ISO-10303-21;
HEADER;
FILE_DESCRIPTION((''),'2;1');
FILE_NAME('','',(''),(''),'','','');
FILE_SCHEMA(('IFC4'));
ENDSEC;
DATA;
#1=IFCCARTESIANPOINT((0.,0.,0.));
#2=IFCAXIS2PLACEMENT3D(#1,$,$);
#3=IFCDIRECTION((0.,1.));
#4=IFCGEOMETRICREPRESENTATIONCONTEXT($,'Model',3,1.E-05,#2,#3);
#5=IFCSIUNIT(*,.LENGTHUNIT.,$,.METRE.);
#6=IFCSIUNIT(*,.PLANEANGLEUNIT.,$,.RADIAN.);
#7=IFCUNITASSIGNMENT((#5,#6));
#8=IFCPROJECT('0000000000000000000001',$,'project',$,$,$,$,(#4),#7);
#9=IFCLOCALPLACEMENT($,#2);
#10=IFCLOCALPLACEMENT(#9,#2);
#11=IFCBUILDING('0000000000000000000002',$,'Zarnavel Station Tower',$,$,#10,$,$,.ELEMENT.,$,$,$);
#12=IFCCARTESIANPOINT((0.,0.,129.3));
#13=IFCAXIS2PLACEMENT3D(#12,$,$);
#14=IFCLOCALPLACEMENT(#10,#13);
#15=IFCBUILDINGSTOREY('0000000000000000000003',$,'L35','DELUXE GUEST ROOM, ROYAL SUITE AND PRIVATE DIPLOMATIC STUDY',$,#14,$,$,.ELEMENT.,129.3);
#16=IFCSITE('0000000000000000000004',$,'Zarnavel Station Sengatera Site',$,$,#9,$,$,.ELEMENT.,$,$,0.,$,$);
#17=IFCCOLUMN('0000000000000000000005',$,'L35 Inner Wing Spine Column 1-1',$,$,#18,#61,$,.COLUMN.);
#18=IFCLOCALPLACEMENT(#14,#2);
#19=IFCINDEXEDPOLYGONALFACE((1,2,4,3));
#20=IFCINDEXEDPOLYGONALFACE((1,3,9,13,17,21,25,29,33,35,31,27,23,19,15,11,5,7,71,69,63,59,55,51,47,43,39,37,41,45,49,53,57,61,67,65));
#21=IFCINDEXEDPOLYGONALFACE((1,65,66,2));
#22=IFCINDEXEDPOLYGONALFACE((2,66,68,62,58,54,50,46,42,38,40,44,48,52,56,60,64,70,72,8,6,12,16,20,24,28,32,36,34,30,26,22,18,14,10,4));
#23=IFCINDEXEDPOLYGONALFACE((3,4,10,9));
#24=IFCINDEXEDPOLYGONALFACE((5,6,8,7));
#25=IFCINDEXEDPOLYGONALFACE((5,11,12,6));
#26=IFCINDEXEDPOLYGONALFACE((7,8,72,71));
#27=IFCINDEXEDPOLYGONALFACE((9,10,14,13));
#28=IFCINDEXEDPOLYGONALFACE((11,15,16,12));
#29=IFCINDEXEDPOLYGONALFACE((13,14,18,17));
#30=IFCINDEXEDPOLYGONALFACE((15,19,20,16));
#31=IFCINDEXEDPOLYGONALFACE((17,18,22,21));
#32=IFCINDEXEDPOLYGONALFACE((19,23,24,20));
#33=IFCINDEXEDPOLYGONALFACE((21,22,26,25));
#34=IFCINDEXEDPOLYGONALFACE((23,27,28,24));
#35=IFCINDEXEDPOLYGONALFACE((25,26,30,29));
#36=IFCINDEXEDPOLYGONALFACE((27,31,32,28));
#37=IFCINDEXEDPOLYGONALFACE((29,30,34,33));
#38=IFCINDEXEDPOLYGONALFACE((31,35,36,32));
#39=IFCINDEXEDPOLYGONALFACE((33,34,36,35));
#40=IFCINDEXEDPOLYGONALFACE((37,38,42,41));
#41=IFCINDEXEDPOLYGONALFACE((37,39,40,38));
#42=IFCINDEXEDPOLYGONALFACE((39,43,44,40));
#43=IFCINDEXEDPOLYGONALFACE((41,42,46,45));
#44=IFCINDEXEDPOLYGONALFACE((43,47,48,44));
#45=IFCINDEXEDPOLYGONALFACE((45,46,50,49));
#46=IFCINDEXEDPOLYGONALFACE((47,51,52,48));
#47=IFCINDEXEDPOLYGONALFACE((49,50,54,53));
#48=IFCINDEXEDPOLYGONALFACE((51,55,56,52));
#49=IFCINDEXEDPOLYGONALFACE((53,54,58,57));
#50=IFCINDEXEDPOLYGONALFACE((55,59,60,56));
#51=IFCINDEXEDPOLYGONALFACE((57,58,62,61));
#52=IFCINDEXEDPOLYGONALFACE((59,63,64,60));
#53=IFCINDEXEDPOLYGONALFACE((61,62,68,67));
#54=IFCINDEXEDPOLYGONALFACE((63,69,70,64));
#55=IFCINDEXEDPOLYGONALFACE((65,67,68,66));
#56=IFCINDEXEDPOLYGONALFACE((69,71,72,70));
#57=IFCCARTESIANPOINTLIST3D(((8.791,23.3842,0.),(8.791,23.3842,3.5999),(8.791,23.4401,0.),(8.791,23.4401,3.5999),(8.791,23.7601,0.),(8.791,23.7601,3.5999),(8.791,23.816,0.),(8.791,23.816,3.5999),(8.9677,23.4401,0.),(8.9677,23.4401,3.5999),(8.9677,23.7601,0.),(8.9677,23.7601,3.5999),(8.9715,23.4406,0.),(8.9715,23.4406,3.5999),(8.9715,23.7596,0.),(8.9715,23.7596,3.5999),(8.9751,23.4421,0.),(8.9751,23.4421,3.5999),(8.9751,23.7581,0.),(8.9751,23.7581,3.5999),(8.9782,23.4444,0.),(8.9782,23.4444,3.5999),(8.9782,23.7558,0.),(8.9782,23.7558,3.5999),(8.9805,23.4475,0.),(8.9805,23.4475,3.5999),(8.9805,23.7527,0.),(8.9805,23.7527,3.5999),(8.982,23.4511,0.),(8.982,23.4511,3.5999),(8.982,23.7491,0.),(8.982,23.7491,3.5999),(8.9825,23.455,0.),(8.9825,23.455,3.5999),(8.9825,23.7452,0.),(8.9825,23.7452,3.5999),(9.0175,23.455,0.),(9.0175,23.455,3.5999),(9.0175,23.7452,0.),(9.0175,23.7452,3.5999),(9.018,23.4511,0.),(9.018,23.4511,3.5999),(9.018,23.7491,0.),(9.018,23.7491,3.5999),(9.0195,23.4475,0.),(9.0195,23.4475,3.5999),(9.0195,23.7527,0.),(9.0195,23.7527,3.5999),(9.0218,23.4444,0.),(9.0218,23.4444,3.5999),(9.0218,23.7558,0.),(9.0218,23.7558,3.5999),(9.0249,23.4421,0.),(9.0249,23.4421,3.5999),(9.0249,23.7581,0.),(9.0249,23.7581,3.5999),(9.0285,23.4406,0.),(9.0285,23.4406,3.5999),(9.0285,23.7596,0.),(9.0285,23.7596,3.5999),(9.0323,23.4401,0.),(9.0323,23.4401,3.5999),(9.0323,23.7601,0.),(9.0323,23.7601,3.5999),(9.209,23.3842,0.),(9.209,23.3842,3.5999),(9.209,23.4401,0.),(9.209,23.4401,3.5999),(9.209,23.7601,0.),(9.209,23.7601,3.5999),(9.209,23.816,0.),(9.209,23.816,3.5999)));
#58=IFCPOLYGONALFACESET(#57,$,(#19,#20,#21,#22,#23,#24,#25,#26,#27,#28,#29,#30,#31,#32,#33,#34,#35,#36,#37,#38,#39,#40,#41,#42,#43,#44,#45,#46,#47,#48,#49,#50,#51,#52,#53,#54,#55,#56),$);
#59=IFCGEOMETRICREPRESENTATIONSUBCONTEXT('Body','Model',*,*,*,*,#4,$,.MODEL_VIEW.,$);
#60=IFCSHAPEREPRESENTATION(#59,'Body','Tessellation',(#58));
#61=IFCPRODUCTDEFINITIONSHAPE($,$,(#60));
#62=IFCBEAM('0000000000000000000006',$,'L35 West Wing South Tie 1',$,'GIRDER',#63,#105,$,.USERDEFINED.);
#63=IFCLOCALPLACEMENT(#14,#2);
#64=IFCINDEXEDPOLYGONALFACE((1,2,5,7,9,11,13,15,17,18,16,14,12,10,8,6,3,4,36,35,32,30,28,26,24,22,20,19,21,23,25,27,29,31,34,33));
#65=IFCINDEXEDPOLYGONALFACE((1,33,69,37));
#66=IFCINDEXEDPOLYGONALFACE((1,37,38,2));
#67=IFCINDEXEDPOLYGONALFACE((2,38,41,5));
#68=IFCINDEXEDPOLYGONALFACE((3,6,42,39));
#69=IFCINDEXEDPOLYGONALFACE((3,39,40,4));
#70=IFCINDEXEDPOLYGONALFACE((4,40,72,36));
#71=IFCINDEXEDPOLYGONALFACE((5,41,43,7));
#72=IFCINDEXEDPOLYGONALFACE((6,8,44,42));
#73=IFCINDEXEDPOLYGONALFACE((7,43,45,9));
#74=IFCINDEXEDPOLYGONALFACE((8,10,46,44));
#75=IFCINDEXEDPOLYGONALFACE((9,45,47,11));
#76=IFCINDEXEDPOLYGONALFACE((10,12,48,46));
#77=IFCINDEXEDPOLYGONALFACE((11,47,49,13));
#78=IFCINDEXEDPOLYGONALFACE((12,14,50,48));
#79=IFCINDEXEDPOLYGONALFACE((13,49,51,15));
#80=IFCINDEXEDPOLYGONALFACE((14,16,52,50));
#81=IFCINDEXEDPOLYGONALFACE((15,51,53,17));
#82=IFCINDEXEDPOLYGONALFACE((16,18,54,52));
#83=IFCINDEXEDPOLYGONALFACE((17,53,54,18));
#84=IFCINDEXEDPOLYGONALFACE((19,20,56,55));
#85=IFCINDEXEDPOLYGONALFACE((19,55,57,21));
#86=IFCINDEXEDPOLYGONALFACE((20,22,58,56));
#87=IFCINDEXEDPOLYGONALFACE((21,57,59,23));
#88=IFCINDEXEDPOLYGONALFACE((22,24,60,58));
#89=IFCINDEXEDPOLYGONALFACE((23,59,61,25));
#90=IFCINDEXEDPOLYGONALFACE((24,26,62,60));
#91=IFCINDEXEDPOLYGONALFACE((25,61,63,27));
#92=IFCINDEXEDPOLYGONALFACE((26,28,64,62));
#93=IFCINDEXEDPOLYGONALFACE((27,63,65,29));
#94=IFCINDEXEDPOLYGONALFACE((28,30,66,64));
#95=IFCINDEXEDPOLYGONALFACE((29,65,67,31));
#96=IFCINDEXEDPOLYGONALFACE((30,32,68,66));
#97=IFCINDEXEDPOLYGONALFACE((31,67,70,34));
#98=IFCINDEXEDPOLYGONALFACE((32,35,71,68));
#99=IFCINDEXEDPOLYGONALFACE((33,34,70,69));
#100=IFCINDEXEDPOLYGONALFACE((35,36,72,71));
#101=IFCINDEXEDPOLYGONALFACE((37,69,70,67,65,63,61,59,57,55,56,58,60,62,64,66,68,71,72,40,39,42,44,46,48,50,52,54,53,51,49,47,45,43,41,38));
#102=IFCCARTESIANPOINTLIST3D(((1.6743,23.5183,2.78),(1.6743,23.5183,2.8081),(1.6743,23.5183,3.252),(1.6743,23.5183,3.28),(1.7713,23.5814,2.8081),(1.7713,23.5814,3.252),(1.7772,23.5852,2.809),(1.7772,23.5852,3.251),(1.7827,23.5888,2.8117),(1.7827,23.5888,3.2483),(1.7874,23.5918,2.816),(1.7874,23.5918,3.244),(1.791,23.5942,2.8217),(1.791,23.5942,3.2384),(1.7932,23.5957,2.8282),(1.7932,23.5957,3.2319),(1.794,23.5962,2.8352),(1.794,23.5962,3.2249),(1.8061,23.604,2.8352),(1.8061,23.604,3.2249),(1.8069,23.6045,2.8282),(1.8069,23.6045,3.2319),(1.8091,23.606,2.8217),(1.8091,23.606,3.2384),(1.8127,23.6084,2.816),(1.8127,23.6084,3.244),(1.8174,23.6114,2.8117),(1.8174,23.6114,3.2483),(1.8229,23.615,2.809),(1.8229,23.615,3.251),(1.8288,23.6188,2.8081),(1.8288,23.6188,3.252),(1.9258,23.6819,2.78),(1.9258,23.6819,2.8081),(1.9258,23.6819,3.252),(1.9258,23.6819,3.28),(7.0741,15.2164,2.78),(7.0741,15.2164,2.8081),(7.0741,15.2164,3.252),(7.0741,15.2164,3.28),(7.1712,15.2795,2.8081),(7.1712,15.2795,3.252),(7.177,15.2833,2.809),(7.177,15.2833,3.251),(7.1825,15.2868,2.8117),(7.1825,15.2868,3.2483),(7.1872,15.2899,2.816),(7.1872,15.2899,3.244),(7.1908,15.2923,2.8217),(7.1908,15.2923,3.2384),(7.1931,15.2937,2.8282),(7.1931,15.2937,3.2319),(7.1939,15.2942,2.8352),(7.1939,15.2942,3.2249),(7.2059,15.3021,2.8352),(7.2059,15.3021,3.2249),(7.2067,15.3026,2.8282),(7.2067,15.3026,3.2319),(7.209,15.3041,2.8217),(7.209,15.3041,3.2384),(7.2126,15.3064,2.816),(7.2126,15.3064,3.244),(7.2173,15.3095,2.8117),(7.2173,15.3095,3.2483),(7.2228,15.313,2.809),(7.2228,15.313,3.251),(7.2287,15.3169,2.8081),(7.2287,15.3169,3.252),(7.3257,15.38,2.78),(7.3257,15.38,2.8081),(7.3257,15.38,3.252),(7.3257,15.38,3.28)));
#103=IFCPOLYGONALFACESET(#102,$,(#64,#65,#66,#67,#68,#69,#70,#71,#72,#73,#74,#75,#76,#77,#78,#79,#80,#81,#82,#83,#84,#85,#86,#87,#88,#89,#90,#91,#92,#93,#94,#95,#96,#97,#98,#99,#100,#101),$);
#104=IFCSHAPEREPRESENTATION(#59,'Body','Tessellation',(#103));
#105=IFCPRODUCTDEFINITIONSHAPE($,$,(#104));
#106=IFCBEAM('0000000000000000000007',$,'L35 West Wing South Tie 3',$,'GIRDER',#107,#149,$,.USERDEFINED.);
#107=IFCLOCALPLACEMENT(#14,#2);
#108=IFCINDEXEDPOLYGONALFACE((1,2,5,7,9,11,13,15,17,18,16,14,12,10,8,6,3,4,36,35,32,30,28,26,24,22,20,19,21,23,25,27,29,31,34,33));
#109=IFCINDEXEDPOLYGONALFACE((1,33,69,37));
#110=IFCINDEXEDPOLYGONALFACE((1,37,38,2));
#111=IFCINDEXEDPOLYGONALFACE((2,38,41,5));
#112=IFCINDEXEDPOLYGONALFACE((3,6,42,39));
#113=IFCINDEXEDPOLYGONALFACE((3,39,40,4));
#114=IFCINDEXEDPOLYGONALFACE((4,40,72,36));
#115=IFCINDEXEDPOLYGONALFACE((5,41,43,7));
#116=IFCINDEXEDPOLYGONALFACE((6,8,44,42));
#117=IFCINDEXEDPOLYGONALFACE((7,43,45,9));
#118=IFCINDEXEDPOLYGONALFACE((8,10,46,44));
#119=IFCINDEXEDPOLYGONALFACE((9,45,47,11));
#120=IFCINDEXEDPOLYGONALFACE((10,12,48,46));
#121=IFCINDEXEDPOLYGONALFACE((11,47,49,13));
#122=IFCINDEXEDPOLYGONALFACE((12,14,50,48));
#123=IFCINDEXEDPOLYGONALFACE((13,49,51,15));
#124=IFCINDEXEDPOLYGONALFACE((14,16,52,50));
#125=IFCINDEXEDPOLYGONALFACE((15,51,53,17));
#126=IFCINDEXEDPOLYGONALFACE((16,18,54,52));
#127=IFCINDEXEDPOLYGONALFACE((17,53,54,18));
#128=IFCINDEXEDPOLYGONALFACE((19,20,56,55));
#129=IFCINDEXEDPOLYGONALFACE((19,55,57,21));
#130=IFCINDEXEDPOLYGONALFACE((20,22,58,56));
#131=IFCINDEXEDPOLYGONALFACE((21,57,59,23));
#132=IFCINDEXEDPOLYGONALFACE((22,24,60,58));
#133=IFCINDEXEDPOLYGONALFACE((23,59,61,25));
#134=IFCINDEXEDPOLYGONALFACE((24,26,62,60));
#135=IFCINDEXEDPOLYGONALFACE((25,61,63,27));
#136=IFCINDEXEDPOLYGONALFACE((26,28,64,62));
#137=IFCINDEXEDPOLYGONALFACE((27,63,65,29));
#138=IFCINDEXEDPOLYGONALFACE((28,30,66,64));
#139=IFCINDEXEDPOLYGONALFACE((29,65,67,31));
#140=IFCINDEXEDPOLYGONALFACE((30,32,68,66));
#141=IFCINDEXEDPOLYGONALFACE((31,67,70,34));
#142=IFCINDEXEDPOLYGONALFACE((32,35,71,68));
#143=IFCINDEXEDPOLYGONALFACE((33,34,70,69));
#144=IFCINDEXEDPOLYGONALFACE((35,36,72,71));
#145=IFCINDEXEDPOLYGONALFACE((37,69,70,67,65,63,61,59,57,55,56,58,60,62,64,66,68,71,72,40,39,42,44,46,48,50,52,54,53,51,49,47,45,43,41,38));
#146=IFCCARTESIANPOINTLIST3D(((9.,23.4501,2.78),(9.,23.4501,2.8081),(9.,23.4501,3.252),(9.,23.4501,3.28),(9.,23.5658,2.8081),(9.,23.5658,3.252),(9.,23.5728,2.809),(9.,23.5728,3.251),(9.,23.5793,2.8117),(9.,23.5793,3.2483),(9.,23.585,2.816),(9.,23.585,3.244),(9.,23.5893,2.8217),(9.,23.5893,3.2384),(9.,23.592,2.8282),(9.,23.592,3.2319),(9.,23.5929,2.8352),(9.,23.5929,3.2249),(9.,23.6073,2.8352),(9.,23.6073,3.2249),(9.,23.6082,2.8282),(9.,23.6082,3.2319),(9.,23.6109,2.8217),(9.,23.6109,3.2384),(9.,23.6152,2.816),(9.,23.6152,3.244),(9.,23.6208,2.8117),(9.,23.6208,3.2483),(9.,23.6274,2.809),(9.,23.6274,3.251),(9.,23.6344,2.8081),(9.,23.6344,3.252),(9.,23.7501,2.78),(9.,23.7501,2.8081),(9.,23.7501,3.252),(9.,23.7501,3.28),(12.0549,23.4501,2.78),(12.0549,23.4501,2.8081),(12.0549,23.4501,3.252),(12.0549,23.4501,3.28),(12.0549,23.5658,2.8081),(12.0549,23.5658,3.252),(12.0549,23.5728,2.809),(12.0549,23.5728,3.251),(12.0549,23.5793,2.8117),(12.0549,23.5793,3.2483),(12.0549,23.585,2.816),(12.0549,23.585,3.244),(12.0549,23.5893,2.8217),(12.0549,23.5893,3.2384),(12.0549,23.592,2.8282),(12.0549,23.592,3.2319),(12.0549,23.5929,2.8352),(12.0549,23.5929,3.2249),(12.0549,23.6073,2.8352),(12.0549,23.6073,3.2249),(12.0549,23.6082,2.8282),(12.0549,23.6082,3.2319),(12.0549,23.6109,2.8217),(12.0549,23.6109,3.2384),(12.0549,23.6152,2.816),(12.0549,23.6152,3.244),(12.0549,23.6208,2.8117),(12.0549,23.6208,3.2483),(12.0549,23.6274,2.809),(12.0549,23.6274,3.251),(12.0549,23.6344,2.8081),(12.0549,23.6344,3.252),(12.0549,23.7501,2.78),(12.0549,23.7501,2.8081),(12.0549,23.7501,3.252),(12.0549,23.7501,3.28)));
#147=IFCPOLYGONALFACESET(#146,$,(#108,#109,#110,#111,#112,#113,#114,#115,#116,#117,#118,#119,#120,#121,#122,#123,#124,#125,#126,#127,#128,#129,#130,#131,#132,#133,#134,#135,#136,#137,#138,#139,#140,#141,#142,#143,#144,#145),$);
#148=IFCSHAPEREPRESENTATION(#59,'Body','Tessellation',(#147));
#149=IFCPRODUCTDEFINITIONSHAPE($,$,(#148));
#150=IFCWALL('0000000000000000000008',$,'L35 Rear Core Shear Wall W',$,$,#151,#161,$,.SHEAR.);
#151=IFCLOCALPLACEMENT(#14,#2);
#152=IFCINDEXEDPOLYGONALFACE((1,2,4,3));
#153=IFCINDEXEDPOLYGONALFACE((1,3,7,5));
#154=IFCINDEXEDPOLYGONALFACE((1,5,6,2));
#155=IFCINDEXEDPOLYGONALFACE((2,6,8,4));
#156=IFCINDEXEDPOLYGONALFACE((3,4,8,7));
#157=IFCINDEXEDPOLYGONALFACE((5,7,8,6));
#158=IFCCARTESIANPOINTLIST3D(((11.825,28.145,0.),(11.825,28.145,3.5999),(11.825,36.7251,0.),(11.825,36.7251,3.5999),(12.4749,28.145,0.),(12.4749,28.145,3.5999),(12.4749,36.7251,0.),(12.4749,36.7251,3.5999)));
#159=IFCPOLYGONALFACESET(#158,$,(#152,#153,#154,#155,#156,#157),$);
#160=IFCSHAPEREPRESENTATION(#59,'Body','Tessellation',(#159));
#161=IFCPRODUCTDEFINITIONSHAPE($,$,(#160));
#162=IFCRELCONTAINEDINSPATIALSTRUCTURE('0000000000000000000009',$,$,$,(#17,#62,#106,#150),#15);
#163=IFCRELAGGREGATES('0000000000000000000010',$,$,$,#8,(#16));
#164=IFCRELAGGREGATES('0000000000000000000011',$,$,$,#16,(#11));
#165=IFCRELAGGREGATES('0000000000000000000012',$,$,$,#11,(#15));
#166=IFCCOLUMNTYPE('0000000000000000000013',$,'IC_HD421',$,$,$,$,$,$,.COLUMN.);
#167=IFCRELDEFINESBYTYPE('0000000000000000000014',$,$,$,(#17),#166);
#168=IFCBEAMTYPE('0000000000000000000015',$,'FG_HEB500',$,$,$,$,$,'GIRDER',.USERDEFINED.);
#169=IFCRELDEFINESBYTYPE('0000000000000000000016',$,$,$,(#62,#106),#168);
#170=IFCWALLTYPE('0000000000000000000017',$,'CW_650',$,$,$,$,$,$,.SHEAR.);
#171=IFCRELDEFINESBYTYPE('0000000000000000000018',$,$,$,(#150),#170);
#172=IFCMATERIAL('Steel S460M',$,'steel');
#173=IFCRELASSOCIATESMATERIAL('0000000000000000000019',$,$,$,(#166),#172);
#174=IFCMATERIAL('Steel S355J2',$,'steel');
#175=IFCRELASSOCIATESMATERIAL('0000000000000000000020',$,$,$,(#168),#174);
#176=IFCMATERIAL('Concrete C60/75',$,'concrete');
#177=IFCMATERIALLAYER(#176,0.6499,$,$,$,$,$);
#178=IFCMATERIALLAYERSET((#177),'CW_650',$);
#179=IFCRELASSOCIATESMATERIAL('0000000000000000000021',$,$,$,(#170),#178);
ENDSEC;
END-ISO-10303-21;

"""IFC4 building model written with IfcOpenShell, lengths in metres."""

from ifc_helpers import new_model, si_unit, direction, frame, frame_2d, origin, origin_2d, place, context, subcontext, project, spatial, rectangle, i_section, extrude, material, layer, layer_set, material_profile, profile_set, type_object, element, save


model = new_model("IFC4")

# Units and contexts
model_context = context("Model", 3, precision=1e-05, world=origin(), true_north=direction((0.0, 1.0)))
body_context = subcontext(model_context, "Body", "Model", "MODEL_VIEW")
ifc_project = project(units=[si_unit("LENGTHUNIT", "METRE"), si_unit("PLANEANGLEUNIT", "RADIAN")], contexts=[model_context])

# Site, building, storey
site_placement = place(None, origin())
site = spatial("IfcSite", under=ifc_project, at=site_placement, Name="Zarnavel Station Sengatera Site", CompositionType="ELEMENT", RefElevation=0.0)
building_placement = place(site_placement, origin())
building = spatial("IfcBuilding", under=site, at=building_placement, Name="Zarnavel Station Tower", CompositionType="ELEMENT")
storey_placement = place(building_placement, frame((0.0, 0.0, 129.3)))
storey = spatial("IfcBuildingStorey", under=building, at=storey_placement, Name="L35", Description="DELUXE GUEST ROOM, ROYAL SUITE AND PRIVATE DIPLOMATIC STUDY", CompositionType="ELEMENT", Elevation=129.3)

# Column
ifc_material_1 = material(Name="Steel S460M", Category="steel")
ifc_material_profile_1 = material_profile(ifc_material_1, i_section(OverallWidth=0.418, OverallDepth=0.4319, WebThickness=0.0349, FlangeThickness=0.0559, FilletRadius=0.0149, at=origin_2d()), Name="HD400x421")
ifc_profile_set_1 = profile_set([ifc_material_profile_1], Name="Steel S460M")
column_type = type_object("IfcColumnType", Name="IC_HD421", PredefinedType="COLUMN", material=ifc_profile_set_1)
column_placement = place(storey_placement, frame((9.0, 23.6001, 0.0), z_axis=(0.0, 0.0, 1.0), x_axis=(1.0, 0.0, 0.0)))
element("IfcColumn", 1, at=column_placement, inside=storey, type_object=column_type, Name="L35 Inner Wing Spine Column 1-1", PredefinedType="COLUMN", context=body_context, shape_type="SweptSolid", body=[
    extrude(i_section(OverallWidth=0.418, OverallDepth=0.4319, WebThickness=0.0349, FlangeThickness=0.0559, FilletRadius=0.0149, at=origin_2d()), origin(), (0.0, 0.0, 1.0), 3.5999),
])

# Beams
ifc_material_2 = material(Name="Steel S355J2", Category="steel")
ifc_material_profile_2 = material_profile(ifc_material_2, i_section(OverallWidth=0.3, OverallDepth=0.5, WebThickness=0.0144, FlangeThickness=0.0281, FilletRadius=0.0271, at=origin_2d()), Name="HEB500")
ifc_profile_set_2 = profile_set([ifc_material_profile_2], Name="Steel S355J2")
beam_type = type_object("IfcBeamType", Name="FG_HEB500", ElementType="GIRDER", PredefinedType="USERDEFINED", material=ifc_profile_set_2)
beam_1_placement = place(storey_placement, frame((1.8, 23.6001, 3.03), z_axis=(0.545244, -0.838277, 0.0), x_axis=(0.838277, 0.545244, 0.0)))
element("IfcBeam", 2, at=beam_1_placement, inside=storey, type_object=beam_type, Name="L35 West Wing South Tie 1", ObjectType="GIRDER", PredefinedType="USERDEFINED", context=body_context, shape_type="SweptSolid", body=[
    extrude(i_section(OverallWidth=0.3, OverallDepth=0.5, WebThickness=0.0144, FlangeThickness=0.0281, FilletRadius=0.0271, at=origin_2d()), origin(), (0.0, 0.0, 1.0), 9.9036),
])
beam_2_placement = place(storey_placement, frame((9.0, 23.6001, 3.03), z_axis=(1.0, 0.0, 0.0), x_axis=(0.0, 1.0, 0.0)))
element("IfcBeam", 3, at=beam_2_placement, inside=storey, type_object=beam_type, Name="L35 West Wing South Tie 3", ObjectType="GIRDER", PredefinedType="USERDEFINED", context=body_context, shape_type="SweptSolid", body=[
    extrude(i_section(OverallWidth=0.3, OverallDepth=0.5, WebThickness=0.0144, FlangeThickness=0.0281, FilletRadius=0.0271, at=origin_2d()), origin(), (0.0, 0.0, 1.0), 3.0549),
])

# Wall
ifc_material_3 = material(Name="Concrete C60/75", Category="concrete")
ifc_layer_1 = layer(ifc_material_3, 0.6499)
ifc_layer_set_1 = layer_set([ifc_layer_1], Name="CW_650")
wall_type_1 = type_object("IfcWallType", Name="CW_650", PredefinedType="SHEAR", material=ifc_layer_set_1)
wall_1_placement = place(storey_placement, frame((12.1499, 28.145, 0.0), z_axis=(0.0, 0.0, 1.0), x_axis=(0.0, 1.0, 0.0)))
element("IfcWall", 4, at=wall_1_placement, inside=storey, type_object=wall_type_1, Name="L35 Rear Core Shear Wall W", PredefinedType="SHEAR", context=body_context, shape_type="SweptSolid", body=[
    extrude(rectangle(XDim=8.5801, YDim=0.6499, at=frame_2d((4.29, 0.0))), origin(), (0.0, 0.0, 1.0), 3.5999),
])

save(model, "model.ifc")
